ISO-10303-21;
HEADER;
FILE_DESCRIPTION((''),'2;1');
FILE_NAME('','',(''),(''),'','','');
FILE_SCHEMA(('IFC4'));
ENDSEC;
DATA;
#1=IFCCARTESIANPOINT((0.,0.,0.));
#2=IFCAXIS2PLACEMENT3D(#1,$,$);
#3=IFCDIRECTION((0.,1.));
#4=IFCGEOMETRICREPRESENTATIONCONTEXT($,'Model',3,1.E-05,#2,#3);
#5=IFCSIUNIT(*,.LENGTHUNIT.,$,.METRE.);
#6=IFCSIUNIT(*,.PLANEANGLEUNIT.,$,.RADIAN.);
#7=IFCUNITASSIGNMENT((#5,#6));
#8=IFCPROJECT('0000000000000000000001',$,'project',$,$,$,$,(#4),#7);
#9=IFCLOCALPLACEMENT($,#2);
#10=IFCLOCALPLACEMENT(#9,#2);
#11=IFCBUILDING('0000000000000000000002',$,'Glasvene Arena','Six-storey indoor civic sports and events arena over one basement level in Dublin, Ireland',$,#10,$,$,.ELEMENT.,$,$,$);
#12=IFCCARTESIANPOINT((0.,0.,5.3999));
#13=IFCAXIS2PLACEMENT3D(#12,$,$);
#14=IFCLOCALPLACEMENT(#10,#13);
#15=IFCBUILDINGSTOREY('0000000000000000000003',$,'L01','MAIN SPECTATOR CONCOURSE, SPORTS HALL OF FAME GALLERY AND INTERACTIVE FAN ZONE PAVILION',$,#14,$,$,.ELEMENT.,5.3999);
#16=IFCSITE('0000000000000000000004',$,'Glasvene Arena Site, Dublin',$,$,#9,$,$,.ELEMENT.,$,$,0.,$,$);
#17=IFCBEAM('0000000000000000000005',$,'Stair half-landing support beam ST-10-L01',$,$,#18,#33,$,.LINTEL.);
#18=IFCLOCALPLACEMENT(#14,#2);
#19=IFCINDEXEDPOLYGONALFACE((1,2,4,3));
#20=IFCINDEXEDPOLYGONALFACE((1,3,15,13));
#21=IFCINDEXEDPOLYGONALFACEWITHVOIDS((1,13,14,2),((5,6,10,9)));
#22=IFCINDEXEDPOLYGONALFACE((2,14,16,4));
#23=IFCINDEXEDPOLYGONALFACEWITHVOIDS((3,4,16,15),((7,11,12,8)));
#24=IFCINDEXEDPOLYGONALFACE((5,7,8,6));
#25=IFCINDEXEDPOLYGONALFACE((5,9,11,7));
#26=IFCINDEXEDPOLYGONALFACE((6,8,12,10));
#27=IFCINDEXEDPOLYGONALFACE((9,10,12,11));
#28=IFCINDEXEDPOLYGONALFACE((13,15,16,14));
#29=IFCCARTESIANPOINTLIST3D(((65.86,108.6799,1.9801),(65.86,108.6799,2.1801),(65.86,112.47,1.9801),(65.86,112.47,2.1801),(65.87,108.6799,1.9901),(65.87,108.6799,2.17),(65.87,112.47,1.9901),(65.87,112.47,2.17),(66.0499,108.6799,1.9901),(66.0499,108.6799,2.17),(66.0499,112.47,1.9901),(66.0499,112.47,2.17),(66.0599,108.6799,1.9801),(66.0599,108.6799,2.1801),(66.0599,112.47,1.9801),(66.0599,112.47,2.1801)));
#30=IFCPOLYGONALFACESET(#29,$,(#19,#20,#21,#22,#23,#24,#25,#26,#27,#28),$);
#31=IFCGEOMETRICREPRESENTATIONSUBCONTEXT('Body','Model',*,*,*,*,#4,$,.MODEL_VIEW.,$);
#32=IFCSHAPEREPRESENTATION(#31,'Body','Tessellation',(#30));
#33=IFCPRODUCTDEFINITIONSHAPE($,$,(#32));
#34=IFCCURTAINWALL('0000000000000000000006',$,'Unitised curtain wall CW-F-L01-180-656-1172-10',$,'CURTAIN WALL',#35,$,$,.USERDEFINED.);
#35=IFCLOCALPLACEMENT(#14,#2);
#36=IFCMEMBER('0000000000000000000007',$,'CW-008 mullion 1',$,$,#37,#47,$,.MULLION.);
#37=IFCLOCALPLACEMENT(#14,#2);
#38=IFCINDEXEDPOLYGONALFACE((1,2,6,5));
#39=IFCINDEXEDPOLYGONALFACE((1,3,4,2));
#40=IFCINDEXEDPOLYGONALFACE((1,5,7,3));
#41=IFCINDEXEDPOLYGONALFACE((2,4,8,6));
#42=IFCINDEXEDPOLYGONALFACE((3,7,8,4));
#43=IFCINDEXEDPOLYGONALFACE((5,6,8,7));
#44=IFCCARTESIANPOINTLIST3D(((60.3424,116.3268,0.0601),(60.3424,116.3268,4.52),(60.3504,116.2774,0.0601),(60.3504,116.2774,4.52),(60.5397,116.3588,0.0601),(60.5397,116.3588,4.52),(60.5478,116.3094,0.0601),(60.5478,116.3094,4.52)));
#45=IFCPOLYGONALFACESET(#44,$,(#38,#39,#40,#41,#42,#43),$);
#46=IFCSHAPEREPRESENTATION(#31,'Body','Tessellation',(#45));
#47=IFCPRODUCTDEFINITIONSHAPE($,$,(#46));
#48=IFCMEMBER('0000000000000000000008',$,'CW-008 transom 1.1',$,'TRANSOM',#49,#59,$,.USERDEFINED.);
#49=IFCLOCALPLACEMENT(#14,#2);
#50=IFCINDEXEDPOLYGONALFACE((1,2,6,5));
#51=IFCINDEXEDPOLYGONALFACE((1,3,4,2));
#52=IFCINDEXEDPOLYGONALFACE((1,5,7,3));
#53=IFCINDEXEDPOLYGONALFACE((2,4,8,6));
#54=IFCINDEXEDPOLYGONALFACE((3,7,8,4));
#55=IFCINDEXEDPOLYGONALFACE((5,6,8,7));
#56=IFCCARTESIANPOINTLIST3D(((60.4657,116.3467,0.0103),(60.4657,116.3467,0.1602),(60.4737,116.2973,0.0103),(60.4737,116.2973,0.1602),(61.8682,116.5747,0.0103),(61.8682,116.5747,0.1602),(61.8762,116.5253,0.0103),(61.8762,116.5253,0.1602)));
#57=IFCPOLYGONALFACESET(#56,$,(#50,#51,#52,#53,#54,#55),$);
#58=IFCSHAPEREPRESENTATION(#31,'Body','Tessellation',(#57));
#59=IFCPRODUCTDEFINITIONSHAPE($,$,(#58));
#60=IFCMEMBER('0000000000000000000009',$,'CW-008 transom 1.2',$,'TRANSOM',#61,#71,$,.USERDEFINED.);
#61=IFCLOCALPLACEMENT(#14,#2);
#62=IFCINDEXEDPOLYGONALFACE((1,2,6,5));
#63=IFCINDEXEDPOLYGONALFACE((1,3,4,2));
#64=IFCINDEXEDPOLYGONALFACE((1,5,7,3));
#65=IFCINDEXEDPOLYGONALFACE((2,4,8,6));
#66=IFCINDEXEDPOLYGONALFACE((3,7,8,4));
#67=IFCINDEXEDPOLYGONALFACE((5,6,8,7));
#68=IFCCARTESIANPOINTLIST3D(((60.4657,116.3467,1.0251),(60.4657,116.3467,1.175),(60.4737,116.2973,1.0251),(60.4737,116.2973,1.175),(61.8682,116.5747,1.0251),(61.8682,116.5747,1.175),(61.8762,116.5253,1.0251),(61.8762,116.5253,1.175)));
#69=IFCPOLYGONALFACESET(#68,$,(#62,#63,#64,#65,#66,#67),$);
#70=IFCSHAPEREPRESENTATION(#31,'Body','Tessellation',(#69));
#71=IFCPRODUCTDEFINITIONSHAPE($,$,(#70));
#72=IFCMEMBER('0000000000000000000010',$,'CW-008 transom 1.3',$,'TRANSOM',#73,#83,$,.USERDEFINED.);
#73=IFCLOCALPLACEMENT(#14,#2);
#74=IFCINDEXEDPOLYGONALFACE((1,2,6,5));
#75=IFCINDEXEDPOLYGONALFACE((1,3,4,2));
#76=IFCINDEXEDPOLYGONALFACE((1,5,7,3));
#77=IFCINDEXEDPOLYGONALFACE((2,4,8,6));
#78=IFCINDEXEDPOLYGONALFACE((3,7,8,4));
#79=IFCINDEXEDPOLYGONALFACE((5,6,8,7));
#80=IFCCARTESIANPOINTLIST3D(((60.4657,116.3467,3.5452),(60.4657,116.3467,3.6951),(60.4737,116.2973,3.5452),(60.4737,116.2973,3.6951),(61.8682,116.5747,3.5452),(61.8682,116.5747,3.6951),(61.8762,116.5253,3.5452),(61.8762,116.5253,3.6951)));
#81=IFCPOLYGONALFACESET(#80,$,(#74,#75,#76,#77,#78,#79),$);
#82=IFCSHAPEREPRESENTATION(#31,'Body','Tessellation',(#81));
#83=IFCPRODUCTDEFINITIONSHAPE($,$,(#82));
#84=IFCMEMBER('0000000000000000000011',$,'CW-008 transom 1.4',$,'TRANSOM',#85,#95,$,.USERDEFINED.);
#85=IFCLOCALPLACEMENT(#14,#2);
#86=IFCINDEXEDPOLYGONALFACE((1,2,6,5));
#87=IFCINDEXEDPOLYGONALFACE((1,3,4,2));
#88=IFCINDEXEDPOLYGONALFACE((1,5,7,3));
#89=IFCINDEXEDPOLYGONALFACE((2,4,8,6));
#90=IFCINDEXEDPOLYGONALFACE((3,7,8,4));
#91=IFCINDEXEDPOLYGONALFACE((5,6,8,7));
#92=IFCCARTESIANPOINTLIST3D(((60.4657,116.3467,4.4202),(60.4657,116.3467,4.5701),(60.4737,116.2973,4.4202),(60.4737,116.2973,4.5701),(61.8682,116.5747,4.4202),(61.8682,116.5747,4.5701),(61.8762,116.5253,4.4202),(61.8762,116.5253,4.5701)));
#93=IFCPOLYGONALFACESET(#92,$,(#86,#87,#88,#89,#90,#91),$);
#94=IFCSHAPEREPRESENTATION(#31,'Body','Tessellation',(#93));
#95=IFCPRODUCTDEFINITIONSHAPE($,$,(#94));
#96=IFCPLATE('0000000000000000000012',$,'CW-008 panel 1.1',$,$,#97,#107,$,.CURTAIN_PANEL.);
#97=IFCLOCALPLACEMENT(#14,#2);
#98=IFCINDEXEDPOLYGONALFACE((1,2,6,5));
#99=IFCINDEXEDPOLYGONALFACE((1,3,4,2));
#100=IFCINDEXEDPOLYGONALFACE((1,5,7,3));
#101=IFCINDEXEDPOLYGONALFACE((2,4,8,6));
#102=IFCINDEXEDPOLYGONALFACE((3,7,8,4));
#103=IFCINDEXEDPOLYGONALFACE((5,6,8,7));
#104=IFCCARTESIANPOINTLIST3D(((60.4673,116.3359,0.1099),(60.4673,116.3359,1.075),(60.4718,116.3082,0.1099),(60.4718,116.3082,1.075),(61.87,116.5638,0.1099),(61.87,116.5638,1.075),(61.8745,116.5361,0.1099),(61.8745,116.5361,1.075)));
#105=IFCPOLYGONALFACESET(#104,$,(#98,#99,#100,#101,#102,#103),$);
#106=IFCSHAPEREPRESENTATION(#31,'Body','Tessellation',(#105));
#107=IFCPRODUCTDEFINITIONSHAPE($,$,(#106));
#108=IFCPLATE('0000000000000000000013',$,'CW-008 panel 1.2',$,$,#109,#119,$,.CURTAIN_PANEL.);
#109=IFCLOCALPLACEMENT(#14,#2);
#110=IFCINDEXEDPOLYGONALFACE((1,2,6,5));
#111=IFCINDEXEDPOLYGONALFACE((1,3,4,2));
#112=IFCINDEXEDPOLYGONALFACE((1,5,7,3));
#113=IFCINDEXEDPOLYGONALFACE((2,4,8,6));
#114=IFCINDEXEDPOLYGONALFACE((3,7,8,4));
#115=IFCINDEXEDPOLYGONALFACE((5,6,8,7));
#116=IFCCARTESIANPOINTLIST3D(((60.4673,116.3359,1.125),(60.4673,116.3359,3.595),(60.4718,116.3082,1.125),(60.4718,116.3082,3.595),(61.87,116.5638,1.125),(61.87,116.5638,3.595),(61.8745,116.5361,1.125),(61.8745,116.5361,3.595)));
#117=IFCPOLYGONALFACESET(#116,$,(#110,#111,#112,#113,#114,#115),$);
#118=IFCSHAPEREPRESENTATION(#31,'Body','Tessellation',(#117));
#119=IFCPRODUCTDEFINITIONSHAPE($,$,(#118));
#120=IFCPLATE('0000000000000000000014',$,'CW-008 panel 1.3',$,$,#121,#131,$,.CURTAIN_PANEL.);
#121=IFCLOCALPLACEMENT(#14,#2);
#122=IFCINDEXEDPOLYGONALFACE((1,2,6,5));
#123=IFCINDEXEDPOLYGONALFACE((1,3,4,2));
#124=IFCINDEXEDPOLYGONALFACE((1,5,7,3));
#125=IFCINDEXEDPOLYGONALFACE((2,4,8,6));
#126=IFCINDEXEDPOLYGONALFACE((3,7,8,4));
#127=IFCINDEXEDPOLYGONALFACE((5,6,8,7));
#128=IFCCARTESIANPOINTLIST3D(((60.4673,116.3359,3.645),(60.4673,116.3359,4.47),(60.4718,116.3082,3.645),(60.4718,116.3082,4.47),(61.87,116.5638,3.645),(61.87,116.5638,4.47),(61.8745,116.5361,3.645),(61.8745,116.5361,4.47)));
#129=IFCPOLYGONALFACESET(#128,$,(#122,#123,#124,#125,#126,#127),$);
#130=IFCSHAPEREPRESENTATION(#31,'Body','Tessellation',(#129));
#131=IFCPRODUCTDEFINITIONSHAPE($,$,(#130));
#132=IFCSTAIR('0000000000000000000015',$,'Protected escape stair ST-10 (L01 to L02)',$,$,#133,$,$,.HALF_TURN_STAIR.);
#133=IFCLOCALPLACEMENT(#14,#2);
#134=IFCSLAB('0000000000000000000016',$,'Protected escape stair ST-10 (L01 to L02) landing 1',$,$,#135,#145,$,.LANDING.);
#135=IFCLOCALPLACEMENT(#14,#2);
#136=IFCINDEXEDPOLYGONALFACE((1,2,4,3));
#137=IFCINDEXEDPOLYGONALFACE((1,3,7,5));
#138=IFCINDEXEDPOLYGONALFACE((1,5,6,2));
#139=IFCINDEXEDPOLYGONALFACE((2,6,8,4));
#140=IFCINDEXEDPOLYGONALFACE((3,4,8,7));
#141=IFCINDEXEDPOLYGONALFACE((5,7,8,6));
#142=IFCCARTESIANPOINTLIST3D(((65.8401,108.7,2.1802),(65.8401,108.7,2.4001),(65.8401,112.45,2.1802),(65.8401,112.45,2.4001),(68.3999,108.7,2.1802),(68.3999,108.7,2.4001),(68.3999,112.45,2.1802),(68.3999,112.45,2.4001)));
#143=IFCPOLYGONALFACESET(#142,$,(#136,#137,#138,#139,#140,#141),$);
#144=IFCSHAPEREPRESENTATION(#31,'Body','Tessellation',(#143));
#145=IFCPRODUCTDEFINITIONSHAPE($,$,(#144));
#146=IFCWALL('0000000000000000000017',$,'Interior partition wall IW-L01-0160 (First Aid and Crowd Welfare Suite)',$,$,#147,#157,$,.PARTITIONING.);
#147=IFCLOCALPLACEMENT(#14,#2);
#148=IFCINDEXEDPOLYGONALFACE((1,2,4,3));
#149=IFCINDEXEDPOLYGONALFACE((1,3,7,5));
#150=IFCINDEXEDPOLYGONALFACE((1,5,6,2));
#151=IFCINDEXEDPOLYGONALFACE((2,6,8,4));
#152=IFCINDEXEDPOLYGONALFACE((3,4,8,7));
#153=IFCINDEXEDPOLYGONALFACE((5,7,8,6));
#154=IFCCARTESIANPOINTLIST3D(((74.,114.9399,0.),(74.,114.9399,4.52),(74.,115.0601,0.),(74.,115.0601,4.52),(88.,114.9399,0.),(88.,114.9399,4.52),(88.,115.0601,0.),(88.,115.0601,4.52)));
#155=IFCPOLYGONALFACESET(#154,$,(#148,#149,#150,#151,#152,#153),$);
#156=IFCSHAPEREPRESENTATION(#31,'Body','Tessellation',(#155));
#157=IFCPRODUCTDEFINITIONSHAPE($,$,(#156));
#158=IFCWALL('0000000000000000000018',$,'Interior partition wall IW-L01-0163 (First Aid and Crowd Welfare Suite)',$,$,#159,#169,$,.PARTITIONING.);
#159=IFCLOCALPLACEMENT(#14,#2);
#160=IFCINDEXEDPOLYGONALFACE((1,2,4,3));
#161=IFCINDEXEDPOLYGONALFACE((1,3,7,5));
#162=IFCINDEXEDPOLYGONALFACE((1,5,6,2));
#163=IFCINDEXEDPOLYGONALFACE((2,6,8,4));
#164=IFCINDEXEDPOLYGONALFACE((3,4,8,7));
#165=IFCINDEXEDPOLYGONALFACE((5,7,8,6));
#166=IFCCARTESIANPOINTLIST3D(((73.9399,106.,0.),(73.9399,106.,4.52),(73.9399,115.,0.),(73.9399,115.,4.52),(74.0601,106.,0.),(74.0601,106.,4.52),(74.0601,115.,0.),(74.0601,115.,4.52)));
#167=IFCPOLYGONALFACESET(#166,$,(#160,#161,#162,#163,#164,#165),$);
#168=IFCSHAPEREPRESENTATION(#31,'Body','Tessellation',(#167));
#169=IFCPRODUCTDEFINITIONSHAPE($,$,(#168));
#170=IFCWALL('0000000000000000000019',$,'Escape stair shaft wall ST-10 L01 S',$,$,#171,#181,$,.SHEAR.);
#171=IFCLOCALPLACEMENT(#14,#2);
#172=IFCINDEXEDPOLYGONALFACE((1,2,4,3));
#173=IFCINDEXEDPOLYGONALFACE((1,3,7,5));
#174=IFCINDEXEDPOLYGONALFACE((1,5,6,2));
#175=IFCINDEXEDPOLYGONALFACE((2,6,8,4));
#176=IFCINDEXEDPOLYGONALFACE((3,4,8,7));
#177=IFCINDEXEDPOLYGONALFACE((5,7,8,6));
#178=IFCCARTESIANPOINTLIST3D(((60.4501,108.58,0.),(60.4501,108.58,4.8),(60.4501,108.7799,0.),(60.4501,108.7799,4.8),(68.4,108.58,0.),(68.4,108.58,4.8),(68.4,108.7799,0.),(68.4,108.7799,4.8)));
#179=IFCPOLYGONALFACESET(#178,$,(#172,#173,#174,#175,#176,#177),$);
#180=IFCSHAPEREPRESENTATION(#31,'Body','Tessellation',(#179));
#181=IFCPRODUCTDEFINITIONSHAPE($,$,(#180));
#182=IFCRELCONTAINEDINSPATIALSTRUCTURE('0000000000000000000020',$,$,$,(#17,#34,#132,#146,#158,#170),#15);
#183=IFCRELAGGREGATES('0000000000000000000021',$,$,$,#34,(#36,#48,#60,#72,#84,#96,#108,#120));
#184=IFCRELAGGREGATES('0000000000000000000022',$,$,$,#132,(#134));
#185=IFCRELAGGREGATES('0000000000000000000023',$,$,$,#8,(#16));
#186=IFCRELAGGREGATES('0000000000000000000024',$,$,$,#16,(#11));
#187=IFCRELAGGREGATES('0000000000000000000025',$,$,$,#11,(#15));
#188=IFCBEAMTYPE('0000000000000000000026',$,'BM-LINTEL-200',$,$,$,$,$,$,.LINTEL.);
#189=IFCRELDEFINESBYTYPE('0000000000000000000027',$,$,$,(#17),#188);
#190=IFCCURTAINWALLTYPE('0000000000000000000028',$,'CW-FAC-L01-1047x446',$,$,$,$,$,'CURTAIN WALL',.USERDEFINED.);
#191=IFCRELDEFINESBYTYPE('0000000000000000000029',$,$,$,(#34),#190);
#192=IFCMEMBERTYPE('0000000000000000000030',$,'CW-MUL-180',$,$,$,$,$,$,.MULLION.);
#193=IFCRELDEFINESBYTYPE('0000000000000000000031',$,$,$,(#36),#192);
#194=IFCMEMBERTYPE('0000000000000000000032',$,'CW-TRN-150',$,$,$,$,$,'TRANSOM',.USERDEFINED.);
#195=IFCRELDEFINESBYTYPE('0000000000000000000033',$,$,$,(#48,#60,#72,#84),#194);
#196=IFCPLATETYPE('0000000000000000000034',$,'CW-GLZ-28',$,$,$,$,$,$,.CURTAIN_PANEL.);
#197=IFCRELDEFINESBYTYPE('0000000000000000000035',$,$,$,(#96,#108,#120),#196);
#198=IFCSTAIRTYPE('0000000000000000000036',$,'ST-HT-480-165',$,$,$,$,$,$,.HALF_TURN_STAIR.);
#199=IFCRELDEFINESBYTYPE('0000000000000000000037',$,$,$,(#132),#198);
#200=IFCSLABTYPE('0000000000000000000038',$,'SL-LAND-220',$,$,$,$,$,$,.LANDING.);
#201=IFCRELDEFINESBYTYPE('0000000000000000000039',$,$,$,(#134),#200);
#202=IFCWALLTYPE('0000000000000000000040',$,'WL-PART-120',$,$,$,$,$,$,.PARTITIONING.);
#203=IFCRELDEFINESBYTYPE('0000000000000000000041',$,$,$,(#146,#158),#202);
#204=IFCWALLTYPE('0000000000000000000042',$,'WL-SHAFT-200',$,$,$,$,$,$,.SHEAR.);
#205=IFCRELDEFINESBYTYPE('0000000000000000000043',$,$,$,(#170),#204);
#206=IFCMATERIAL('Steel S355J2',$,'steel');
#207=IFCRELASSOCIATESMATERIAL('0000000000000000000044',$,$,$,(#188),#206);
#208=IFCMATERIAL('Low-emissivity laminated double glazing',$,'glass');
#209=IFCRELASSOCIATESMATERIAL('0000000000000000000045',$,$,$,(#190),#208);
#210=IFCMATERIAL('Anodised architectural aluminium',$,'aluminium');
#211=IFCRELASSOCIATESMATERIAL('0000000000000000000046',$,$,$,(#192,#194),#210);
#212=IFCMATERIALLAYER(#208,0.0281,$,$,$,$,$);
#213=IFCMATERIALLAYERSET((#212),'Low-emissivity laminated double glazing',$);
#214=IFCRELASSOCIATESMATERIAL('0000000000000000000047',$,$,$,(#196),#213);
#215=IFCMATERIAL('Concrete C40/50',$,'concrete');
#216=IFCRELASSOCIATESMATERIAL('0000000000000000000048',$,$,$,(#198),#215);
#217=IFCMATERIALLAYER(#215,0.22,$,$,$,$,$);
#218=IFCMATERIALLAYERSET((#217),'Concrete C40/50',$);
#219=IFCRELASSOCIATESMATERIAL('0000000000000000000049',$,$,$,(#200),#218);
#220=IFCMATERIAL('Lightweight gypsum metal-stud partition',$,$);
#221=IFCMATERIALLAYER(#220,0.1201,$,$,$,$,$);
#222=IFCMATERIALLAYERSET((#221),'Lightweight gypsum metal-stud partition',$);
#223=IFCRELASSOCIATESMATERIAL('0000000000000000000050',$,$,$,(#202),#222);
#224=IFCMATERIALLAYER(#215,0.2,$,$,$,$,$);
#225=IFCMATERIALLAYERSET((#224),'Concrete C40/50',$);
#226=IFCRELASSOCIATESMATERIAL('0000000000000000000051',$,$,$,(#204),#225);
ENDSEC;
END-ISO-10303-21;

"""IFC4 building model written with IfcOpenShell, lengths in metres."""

from ifc_helpers import new_model, si_unit, direction, frame, frame_2d, origin, origin_2d, place, context, subcontext, project, spatial, polyline, rectangle, hollow_rectangle, outline, extrude, material, layer, layer_set, material_profile, profile_set, type_object, element, aggregate, save


model = new_model("IFC4")

# Units and contexts
model_context = context("Model", 3, precision=1e-05, world=origin(), true_north=direction((0.0, 1.0)))
body_context = subcontext(model_context, "Body", "Model", "MODEL_VIEW")
ifc_project = project(units=[si_unit("LENGTHUNIT", "METRE"), si_unit("PLANEANGLEUNIT", "RADIAN")], contexts=[model_context])

# Site, building, storey
site_placement = place(None, origin())
site = spatial("IfcSite", under=ifc_project, at=site_placement, Name="Glasvene Arena Site, Dublin", CompositionType="ELEMENT", RefElevation=0.0)
building_placement = place(site_placement, origin())
building = spatial("IfcBuilding", under=site, at=building_placement, Name="Glasvene Arena", Description="Six-storey indoor civic sports and events arena over one basement level in Dublin, Ireland", CompositionType="ELEMENT")
storey_placement = place(building_placement, frame((0.0, 0.0, 5.3999)))
storey = spatial("IfcBuildingStorey", under=building, at=storey_placement, Name="L01", Description="MAIN SPECTATOR CONCOURSE, SPORTS HALL OF FAME GALLERY AND INTERACTIVE FAN ZONE PAVILION", CompositionType="ELEMENT", Elevation=5.3999)

# Shared definitions
ifc_material_1 = material(Name="Steel S355J2", Category="steel")

# Beam
ifc_material_profile_1 = material_profile(ifc_material_1, hollow_rectangle(XDim=0.2, YDim=0.2, WallThickness=0.01, at=origin_2d()), Name="SHS 200x200x10.0")
ifc_profile_set_1 = profile_set([ifc_material_profile_1], Name="Steel S355J2")
beam_type_1 = type_object("IfcBeamType", Name="BM-LINTEL-200", PredefinedType="LINTEL", material=ifc_profile_set_1)
beam_1_placement = place(storey_placement, frame((65.96, 108.6799, 2.0801), z_axis=(0.0, 1.0, 0.0), x_axis=(-1.0, 0.0, 0.0)))
element("IfcBeam", 1, at=beam_1_placement, inside=storey, type_object=beam_type_1, Name="Stair half-landing support beam ST-10-L01", PredefinedType="LINTEL", context=body_context, shape_type="SweptSolid", body=[
    extrude(hollow_rectangle(XDim=0.2, YDim=0.2, WallThickness=0.01, at=origin_2d()), origin(), (0.0, 0.0, 1.0), 3.79),
])

# Curtain wall, members, plates
ifc_material_2 = material(Name="Low-emissivity laminated double glazing", Category="glass")
curtain_wall_type = type_object("IfcCurtainWallType", Name="CW-FAC-L01-1047x446", ElementType="CURTAIN WALL", PredefinedType="USERDEFINED", material=ifc_material_2)
curtain_wall_placement = place(storey_placement, frame((60.4204, 116.3142, 0.0)))
curtain_wall = element("IfcCurtainWall", 2, at=curtain_wall_placement, inside=storey, type_object=curtain_wall_type, Name="Unitised curtain wall CW-F-L01-180-656-1172-10", ObjectType="CURTAIN WALL", PredefinedType="USERDEFINED")
ifc_material_3 = material(Name="Anodised architectural aluminium", Category="aluminium")
ifc_material_profile_2 = material_profile(ifc_material_3, rectangle(XDim=0.05, YDim=0.2, at=origin_2d()), Name="ALU MULLION 50x200")
ifc_profile_set_2 = profile_set([ifc_material_profile_2], Name="Anodised architectural aluminium")
member_type_1 = type_object("IfcMemberType", Name="CW-MUL-180", PredefinedType="MULLION", material=ifc_profile_set_2)
member_1_placement = place(storey_placement, frame((60.4451, 116.3181, 0.0601), z_axis=(0.0, 0.0, 1.0), x_axis=(-0.160367, 0.987057, 0.0)))
member_1 = element("IfcMember", 3, at=member_1_placement, type_object=member_type_1, Name="CW-008 mullion 1", PredefinedType="MULLION", context=body_context, shape_type="SweptSolid", body=[
    extrude(rectangle(XDim=0.05, YDim=0.2, at=origin_2d()), origin(), (0.0, 0.0, 1.0), 4.46),
])
ifc_material_profile_3 = material_profile(ifc_material_3, rectangle(XDim=0.05, YDim=0.1499, at=origin_2d()), Name="ALU TRANSOM 50x150")
ifc_profile_set_3 = profile_set([ifc_material_profile_3], Name="Anodised architectural aluminium")
member_type_2 = type_object("IfcMemberType", Name="CW-TRN-150", ElementType="TRANSOM", PredefinedType="USERDEFINED", material=ifc_profile_set_3)
member_2_placement = place(storey_placement, frame((60.4697, 116.322, 0.0852), z_axis=(0.987041, 0.160469, 0.0), x_axis=(-0.160469, 0.987041, 0.0)))
member_2 = element("IfcMember", 4, at=member_2_placement, type_object=member_type_2, Name="CW-008 transom 1.1", ObjectType="TRANSOM", PredefinedType="USERDEFINED", context=body_context, shape_type="SweptSolid", body=[
    extrude(rectangle(XDim=0.05, YDim=0.1499, at=origin_2d()), origin(), (0.0, 0.0, 1.0), 1.4209),
])
member_3_placement = place(storey_placement, frame((60.4697, 116.322, 1.1001), z_axis=(0.987041, 0.160469, 0.0), x_axis=(-0.160469, 0.987041, 0.0)))
member_3 = element("IfcMember", 5, at=member_3_placement, type_object=member_type_2, Name="CW-008 transom 1.2", ObjectType="TRANSOM", PredefinedType="USERDEFINED", context=body_context, shape_type="SweptSolid", body=[
    extrude(rectangle(XDim=0.05, YDim=0.1499, at=origin_2d()), origin(), (0.0, 0.0, 1.0), 1.4209),
])
member_4_placement = place(storey_placement, frame((60.4697, 116.322, 3.6201), z_axis=(0.987041, 0.160469, 0.0), x_axis=(-0.160469, 0.987041, 0.0)))
member_4 = element("IfcMember", 6, at=member_4_placement, type_object=member_type_2, Name="CW-008 transom 1.3", ObjectType="TRANSOM", PredefinedType="USERDEFINED", context=body_context, shape_type="SweptSolid", body=[
    extrude(rectangle(XDim=0.05, YDim=0.1499, at=origin_2d()), origin(), (0.0, 0.0, 1.0), 1.4209),
])
member_5_placement = place(storey_placement, frame((60.4697, 116.322, 4.4951), z_axis=(0.987041, 0.160469, 0.0), x_axis=(-0.160469, 0.987041, 0.0)))
member_5 = element("IfcMember", 7, at=member_5_placement, type_object=member_type_2, Name="CW-008 transom 1.4", ObjectType="TRANSOM", PredefinedType="USERDEFINED", context=body_context, shape_type="SweptSolid", body=[
    extrude(rectangle(XDim=0.05, YDim=0.1499, at=origin_2d()), origin(), (0.0, 0.0, 1.0), 1.4209),
])
ifc_layer_1 = layer(ifc_material_2, 0.0281)
ifc_layer_set_1 = layer_set([ifc_layer_1], Name="Low-emissivity laminated double glazing")
plate_type = type_object("IfcPlateType", Name="CW-GLZ-28", PredefinedType="CURTAIN_PANEL", material=ifc_layer_set_1)
plate_1_placement = place(storey_placement, frame((61.1709, 116.436, 0.1099), z_axis=(0.0, 0.0, 1.0), x_axis=(0.987057, 0.160367, 0.0)))
plate_1 = element("IfcPlate", 8, at=plate_1_placement, type_object=plate_type, Name="CW-008 panel 1.1", PredefinedType="CURTAIN_PANEL", context=body_context, shape_type="SweptSolid", body=[
    extrude(rectangle(XDim=1.4211, YDim=0.0281, at=origin_2d()), origin(), (0.0, 0.0, 1.0), 0.9651),
])
plate_2_placement = place(storey_placement, frame((61.1709, 116.436, 1.125), z_axis=(0.0, 0.0, 1.0), x_axis=(0.987057, 0.160367, 0.0)))
plate_2 = element("IfcPlate", 9, at=plate_2_placement, type_object=plate_type, Name="CW-008 panel 1.2", PredefinedType="CURTAIN_PANEL", context=body_context, shape_type="SweptSolid", body=[
    extrude(rectangle(XDim=1.4211, YDim=0.0281, at=origin_2d()), origin(), (0.0, 0.0, 1.0), 2.47),
])
plate_3_placement = place(storey_placement, frame((61.1709, 116.436, 3.645), z_axis=(0.0, 0.0, 1.0), x_axis=(0.987057, 0.160367, 0.0)))
plate_3 = element("IfcPlate", 10, at=plate_3_placement, type_object=plate_type, Name="CW-008 panel 1.3", PredefinedType="CURTAIN_PANEL", context=body_context, shape_type="SweptSolid", body=[
    extrude(rectangle(XDim=1.4211, YDim=0.0281, at=origin_2d()), origin(), (0.0, 0.0, 1.0), 0.825),
])
aggregate(curtain_wall, [member_1, member_2, member_3, member_4, member_5, plate_1, plate_2, plate_3])

# Stair, slab
ifc_material_4 = material(Name="Concrete C40/50", Category="concrete")
stair_type = type_object("IfcStairType", Name="ST-HT-480-165", PredefinedType="HALF_TURN_STAIR", material=ifc_material_4)
stair_placement = place(storey_placement, origin())
stair = element("IfcStair", 11, at=stair_placement, inside=storey, type_object=stair_type, Name="Protected escape stair ST-10 (L01 to L02)", PredefinedType="HALF_TURN_STAIR")
ifc_layer_2 = layer(ifc_material_4, 0.22)
ifc_layer_set_2 = layer_set([ifc_layer_2], Name="Concrete C40/50")
slab_type = type_object("IfcSlabType", Name="SL-LAND-220", PredefinedType="LANDING", material=ifc_layer_set_2)
slab_placement = place(storey_placement, frame((67.1201, 110.575, 2.1802)))
slab = element("IfcSlab", 12, at=slab_placement, type_object=slab_type, Name="Protected escape stair ST-10 (L01 to L02) landing 1", PredefinedType="LANDING", context=body_context, shape_type="SweptSolid", body=[
    extrude(outline(polyline([(-1.28, -1.875), (1.2798, -1.875), (1.2798, 1.875), (-1.28, 1.875), (-1.28, -1.875)])), origin(), (0.0, 0.0, 1.0), 0.22),
])

# Walls
ifc_material_5 = material(Name="Lightweight gypsum metal-stud partition")
ifc_layer_3 = layer(ifc_material_5, 0.1201)
ifc_layer_set_3 = layer_set([ifc_layer_3], Name="Lightweight gypsum metal-stud partition")
wall_type_1 = type_object("IfcWallType", Name="WL-PART-120", PredefinedType="PARTITIONING", material=ifc_layer_set_3)
wall_1_placement = place(storey_placement, frame((74.0, 115.0, 0.0), z_axis=(0.0, 0.0, 1.0), x_axis=(1.0, 0.0, 0.0)))
element("IfcWall", 13, at=wall_1_placement, inside=storey, type_object=wall_type_1, Name="Interior partition wall IW-L01-0160 (First Aid and Crowd Welfare Suite)", PredefinedType="PARTITIONING", context=body_context, shape_type="SweptSolid", body=[
    extrude(rectangle(XDim=14.0, YDim=0.1201, at=frame_2d((7.0, 0.0))), origin(), (0.0, 0.0, 1.0), 4.52),
])
wall_2_placement = place(storey_placement, frame((74.0, 106.0, 0.0), z_axis=(0.0, 0.0, 1.0), x_axis=(0.0, 1.0, 0.0)))
element("IfcWall", 14, at=wall_2_placement, inside=storey, type_object=wall_type_1, Name="Interior partition wall IW-L01-0163 (First Aid and Crowd Welfare Suite)", PredefinedType="PARTITIONING", context=body_context, shape_type="SweptSolid", body=[
    extrude(rectangle(XDim=9.0, YDim=0.1201, at=frame_2d((4.5, 0.0))), origin(), (0.0, 0.0, 1.0), 4.52),
])
ifc_layer_4 = layer(ifc_material_4, 0.2)
ifc_layer_set_4 = layer_set([ifc_layer_4], Name="Concrete C40/50")
wall_type_2 = type_object("IfcWallType", Name="WL-SHAFT-200", PredefinedType="SHEAR", material=ifc_layer_set_4)
wall_3_placement = place(storey_placement, frame((60.45, 108.6799, 0.0), z_axis=(0.0, 0.0, 1.0), x_axis=(1.0, 0.0, 0.0)))
element("IfcWall", 15, at=wall_3_placement, inside=storey, type_object=wall_type_2, Name="Escape stair shaft wall ST-10 L01 S", PredefinedType="SHEAR", context=body_context, shape_type="SweptSolid", body=[
    extrude(rectangle(XDim=7.95, YDim=0.2, at=frame_2d((3.9751, 0.0))), origin(), (0.0, 0.0, 1.0), 4.8),
])

aggregate(stair, [slab])

save(model, "model.ifc")
